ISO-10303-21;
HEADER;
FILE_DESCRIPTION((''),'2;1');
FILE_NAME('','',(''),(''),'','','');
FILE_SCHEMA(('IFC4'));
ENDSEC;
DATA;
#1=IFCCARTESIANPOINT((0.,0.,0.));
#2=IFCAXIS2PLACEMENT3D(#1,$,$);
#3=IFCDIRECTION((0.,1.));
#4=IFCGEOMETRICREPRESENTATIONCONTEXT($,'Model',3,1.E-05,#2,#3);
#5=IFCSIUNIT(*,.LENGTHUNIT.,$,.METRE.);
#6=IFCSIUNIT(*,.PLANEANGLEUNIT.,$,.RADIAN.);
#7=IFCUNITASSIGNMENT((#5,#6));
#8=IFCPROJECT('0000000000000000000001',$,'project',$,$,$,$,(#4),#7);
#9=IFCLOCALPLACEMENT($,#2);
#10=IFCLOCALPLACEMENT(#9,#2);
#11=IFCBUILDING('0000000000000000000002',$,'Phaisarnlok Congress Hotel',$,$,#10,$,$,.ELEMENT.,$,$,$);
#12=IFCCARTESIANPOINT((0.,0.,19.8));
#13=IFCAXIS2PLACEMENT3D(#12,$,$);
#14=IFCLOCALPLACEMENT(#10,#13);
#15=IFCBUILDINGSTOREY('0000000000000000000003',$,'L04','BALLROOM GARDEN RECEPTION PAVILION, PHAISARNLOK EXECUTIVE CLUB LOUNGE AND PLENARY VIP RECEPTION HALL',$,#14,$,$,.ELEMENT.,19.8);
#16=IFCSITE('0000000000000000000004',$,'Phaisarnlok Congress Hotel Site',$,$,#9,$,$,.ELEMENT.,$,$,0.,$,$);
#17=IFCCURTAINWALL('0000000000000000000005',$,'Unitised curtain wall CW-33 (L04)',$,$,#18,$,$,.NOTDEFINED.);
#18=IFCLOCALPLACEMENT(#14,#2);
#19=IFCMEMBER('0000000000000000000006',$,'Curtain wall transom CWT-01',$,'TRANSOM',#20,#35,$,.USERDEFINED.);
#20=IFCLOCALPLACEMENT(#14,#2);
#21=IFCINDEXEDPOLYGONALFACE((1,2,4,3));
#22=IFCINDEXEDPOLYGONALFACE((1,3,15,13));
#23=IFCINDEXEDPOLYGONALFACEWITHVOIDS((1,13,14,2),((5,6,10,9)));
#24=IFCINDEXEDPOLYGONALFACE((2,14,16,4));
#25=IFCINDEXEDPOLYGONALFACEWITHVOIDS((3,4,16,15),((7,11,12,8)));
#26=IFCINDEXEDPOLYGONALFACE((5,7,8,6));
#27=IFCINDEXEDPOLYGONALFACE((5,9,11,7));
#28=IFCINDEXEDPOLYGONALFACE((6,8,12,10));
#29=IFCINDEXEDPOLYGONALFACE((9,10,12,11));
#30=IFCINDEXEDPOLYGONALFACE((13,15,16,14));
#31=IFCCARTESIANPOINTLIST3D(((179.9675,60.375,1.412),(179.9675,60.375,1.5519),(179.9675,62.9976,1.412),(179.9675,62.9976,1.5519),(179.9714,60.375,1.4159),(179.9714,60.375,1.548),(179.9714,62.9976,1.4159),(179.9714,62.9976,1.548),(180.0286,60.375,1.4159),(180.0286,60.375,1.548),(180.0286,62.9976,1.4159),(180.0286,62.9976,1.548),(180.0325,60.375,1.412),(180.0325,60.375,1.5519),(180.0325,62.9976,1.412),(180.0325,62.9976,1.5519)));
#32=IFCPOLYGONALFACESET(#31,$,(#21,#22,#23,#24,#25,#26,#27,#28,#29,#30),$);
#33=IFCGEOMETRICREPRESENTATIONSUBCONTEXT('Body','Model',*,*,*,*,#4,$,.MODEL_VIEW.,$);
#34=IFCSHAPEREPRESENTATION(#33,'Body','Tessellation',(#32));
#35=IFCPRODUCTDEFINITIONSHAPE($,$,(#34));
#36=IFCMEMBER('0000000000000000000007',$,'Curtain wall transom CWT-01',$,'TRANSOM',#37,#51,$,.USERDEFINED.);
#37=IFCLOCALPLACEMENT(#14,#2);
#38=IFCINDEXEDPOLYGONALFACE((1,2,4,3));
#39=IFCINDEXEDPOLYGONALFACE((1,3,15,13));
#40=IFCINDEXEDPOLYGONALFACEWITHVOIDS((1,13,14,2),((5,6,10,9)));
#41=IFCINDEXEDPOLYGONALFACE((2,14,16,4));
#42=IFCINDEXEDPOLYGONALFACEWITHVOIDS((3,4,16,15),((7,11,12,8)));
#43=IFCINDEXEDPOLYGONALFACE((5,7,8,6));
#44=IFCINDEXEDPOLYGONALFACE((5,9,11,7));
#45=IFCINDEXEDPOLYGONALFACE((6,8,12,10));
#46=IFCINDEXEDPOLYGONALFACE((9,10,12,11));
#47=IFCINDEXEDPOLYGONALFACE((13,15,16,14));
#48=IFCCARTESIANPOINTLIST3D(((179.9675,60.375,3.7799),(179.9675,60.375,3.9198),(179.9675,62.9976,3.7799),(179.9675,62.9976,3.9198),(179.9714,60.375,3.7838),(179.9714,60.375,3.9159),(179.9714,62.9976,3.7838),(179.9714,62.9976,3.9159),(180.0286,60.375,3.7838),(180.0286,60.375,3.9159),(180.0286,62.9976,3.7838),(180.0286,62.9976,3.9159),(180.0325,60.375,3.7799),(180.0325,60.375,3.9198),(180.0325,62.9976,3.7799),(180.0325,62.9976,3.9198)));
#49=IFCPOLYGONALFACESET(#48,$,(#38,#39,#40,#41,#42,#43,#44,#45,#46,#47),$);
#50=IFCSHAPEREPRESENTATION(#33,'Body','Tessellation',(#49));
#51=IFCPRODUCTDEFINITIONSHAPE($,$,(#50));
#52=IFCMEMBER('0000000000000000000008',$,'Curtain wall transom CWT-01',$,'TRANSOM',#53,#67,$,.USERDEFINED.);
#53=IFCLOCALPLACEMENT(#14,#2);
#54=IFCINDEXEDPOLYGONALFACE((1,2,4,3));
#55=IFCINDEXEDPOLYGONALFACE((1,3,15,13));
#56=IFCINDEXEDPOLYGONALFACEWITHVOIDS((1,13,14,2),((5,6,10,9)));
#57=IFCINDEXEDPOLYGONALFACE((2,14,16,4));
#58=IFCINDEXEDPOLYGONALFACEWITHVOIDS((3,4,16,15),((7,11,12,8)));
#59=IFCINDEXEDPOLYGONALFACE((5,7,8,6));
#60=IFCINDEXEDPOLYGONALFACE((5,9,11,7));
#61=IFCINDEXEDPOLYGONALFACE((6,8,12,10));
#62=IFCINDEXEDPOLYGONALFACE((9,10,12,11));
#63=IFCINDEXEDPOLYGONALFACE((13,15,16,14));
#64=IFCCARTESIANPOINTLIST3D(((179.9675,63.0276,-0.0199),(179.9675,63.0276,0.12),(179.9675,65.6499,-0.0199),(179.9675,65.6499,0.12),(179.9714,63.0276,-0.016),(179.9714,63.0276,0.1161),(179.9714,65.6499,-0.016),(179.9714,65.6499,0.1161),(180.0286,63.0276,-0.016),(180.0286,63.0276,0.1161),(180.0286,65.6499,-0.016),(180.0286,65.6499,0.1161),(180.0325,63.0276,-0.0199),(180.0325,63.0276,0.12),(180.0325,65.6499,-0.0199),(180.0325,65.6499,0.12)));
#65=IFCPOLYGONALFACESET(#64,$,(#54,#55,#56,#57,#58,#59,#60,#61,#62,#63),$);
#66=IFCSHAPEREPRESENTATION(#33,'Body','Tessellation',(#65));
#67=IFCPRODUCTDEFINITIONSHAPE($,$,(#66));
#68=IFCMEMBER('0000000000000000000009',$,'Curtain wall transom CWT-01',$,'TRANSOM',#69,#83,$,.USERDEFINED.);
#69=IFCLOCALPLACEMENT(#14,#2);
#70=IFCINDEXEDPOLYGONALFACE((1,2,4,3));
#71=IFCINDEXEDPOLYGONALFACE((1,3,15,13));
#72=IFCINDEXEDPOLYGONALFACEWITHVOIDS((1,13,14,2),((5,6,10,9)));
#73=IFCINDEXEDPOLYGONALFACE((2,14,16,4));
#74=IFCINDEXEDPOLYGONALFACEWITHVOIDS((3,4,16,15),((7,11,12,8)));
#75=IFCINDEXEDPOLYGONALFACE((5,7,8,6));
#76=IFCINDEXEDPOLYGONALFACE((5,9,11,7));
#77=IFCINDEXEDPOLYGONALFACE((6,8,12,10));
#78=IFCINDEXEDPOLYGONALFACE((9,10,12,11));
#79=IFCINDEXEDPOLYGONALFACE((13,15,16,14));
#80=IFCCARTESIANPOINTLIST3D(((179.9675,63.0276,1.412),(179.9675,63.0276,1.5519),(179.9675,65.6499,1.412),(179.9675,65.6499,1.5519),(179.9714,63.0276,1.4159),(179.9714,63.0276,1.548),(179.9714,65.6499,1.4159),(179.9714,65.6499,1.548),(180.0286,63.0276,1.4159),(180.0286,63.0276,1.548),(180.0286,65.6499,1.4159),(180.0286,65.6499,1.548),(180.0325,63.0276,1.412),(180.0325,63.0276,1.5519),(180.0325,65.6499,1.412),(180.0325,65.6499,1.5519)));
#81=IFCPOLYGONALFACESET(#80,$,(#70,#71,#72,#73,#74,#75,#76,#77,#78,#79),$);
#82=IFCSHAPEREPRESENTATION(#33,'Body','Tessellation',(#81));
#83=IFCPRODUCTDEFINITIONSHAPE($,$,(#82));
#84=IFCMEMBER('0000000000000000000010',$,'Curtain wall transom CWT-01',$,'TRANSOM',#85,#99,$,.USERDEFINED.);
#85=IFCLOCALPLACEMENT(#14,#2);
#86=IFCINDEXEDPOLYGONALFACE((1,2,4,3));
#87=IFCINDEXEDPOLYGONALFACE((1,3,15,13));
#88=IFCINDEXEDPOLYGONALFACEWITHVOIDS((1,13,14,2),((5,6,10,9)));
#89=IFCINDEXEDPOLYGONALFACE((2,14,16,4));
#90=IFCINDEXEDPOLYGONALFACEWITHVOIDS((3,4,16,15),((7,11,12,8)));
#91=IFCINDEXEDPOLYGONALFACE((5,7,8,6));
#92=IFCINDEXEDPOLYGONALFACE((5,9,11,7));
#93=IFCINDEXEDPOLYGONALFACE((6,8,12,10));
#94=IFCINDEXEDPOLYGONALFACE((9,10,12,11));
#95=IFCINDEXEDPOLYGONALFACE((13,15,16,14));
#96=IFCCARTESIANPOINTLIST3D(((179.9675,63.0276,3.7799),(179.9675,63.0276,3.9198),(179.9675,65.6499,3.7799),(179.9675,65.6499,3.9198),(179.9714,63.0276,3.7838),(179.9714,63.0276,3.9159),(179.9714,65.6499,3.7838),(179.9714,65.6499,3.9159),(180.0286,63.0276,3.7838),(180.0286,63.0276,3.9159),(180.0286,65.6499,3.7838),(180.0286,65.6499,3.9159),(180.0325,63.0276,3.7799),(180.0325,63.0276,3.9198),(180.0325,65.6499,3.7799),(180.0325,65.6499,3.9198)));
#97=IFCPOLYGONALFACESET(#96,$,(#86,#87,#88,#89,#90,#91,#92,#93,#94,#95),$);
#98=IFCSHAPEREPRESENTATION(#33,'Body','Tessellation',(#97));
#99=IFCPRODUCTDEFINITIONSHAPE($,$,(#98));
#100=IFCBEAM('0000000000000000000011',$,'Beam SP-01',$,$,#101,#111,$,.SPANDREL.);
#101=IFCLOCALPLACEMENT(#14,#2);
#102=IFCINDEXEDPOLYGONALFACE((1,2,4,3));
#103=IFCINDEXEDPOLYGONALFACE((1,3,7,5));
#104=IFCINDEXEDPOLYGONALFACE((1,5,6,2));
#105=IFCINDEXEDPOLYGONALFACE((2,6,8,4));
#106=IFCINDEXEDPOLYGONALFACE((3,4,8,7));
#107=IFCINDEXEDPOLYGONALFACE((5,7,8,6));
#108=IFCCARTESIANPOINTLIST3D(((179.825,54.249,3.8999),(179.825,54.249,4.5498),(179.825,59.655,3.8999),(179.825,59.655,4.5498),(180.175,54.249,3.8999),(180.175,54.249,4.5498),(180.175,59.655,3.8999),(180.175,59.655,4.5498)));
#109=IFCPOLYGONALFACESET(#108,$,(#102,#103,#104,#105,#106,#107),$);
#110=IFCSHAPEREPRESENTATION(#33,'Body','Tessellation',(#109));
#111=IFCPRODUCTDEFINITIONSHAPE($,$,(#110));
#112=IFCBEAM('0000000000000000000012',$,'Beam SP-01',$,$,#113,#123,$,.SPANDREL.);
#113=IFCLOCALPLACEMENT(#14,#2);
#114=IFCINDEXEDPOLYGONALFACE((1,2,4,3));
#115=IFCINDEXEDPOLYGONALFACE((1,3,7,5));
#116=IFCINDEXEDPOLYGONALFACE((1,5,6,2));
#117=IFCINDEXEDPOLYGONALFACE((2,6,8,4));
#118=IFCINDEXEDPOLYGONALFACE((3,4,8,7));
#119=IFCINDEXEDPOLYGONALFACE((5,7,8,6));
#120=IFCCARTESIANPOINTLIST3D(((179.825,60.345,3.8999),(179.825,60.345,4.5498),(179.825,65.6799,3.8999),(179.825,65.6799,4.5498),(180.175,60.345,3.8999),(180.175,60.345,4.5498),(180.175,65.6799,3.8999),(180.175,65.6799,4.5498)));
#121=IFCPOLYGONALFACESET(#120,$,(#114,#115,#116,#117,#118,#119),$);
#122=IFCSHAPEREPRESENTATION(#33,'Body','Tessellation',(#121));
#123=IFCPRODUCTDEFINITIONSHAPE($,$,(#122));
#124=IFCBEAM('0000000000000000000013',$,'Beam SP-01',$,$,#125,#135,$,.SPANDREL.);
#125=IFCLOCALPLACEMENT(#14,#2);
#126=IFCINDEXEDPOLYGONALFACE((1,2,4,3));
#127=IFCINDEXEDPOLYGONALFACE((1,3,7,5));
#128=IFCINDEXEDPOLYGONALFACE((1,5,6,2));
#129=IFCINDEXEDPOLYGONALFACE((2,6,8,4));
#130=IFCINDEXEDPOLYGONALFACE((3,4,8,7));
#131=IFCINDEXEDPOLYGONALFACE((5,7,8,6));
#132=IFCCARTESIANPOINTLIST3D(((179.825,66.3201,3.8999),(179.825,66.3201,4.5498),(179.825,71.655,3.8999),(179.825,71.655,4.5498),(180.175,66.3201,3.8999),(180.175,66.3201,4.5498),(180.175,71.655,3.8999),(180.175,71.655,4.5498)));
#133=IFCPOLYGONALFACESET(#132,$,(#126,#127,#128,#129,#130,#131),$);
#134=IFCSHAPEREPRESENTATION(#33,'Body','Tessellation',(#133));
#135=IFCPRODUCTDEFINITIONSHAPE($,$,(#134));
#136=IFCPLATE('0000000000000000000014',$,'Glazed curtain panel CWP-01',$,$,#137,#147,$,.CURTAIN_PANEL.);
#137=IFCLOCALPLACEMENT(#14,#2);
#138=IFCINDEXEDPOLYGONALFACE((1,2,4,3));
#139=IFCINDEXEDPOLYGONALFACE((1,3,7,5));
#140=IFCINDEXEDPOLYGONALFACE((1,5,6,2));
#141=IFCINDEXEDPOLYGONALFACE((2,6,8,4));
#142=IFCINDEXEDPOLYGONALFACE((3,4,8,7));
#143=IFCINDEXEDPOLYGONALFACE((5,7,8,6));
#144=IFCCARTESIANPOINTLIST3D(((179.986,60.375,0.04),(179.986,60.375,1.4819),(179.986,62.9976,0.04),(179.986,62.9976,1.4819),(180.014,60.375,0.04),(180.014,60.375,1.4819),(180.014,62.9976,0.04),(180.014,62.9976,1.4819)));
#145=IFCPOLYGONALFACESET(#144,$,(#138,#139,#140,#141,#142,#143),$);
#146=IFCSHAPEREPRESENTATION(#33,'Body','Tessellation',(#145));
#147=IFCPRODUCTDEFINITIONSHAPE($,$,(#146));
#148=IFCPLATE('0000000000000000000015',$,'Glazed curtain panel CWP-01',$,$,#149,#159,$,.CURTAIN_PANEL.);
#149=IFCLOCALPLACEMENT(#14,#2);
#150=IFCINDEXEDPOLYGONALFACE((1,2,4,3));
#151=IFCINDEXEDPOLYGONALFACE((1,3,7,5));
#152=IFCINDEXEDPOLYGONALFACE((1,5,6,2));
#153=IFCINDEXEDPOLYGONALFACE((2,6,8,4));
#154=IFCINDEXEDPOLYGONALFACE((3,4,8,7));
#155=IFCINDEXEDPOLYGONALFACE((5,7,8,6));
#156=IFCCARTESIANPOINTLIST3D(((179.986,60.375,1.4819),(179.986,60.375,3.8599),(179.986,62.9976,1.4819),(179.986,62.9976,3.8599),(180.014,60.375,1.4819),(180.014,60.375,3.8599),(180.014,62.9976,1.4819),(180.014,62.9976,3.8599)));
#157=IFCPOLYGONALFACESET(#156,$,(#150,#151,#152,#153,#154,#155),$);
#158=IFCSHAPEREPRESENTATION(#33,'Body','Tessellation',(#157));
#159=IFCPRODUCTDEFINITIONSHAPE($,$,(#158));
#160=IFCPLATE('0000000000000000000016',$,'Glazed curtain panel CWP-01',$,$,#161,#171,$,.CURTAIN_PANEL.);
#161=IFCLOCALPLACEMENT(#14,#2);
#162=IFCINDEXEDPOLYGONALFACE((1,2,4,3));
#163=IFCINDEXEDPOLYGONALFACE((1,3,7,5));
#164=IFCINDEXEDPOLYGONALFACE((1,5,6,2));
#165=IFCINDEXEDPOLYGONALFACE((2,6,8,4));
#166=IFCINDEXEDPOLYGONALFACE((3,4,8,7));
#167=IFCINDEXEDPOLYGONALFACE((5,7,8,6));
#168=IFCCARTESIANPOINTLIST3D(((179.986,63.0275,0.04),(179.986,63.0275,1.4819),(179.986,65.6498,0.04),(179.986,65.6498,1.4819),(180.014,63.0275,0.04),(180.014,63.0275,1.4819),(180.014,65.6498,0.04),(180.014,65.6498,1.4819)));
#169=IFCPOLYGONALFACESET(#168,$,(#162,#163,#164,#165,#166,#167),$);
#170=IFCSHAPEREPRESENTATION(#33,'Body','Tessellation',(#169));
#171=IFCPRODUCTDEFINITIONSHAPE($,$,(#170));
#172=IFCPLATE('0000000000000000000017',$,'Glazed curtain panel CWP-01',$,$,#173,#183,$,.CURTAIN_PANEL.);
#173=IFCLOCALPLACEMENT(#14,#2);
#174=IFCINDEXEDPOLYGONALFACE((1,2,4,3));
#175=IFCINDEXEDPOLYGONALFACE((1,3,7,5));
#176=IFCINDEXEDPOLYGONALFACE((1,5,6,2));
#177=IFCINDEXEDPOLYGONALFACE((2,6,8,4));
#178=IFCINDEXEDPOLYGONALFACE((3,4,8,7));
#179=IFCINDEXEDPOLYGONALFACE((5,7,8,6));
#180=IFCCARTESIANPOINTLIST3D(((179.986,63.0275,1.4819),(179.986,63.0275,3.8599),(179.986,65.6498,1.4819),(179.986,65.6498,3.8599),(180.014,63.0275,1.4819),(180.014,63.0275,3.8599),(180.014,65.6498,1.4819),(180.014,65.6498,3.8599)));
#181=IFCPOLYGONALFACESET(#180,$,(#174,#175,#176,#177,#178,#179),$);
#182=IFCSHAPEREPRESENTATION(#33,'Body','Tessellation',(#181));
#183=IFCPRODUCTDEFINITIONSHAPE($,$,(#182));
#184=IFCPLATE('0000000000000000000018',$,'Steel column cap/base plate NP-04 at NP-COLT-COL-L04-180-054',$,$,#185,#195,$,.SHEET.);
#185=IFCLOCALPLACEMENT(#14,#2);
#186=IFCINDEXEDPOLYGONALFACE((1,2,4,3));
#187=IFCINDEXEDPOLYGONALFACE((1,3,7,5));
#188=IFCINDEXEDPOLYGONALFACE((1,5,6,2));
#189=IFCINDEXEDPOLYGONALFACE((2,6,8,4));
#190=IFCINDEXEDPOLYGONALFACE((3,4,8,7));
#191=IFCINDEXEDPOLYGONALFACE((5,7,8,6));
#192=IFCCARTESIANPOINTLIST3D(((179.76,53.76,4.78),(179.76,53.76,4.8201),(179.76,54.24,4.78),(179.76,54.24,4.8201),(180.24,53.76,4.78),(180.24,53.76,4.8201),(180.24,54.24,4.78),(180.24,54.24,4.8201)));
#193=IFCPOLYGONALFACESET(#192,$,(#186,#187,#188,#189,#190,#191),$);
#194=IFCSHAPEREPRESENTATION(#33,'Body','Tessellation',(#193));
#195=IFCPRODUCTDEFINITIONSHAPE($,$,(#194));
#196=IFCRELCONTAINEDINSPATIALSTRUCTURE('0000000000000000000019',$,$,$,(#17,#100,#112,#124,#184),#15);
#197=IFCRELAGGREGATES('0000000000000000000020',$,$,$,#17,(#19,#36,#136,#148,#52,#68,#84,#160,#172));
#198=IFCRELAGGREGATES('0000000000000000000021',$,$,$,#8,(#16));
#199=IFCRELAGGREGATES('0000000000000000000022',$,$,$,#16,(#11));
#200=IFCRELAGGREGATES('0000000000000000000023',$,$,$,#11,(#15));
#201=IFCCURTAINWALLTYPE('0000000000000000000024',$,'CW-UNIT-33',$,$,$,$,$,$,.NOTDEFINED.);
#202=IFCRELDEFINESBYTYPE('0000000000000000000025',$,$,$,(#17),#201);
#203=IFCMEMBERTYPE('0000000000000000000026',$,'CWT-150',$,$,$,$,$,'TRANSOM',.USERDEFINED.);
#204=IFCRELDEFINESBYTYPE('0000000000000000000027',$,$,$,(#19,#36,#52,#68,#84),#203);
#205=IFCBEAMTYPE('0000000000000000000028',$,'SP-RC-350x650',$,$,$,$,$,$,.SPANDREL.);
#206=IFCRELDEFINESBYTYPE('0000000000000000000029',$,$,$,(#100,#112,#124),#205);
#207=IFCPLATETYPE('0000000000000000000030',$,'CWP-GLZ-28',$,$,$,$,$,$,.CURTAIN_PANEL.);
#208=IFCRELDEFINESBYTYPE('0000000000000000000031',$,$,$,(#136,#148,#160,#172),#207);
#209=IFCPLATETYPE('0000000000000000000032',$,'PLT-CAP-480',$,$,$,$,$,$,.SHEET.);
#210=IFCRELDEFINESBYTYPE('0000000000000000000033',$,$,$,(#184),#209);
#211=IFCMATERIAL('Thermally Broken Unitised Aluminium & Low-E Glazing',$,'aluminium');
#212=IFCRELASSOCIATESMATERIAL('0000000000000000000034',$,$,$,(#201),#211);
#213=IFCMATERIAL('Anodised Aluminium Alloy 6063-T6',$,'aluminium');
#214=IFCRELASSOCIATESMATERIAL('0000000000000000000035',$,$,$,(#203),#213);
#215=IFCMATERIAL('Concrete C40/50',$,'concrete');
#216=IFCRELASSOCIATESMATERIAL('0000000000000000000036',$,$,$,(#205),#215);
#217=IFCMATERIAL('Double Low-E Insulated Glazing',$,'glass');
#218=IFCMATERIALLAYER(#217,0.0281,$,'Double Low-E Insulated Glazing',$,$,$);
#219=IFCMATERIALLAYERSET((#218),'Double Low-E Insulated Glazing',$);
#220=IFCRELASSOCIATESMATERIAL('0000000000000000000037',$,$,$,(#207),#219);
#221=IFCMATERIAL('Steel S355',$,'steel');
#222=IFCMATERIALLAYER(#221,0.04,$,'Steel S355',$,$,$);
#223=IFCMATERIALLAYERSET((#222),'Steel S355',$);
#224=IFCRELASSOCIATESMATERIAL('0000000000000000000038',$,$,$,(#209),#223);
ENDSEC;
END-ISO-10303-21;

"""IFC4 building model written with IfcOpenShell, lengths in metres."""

from ifc_helpers import new_model, si_unit, direction, frame, frame_2d, origin, origin_2d, place, context, subcontext, project, spatial, rectangle, hollow_rectangle, extrude, material, layer, layer_set, material_profile, profile_set, type_object, element, aggregate, save


model = new_model("IFC4")

# Units and contexts
model_context = context("Model", 3, precision=1e-05, world=origin(), true_north=direction((0.0, 1.0)))
body_context = subcontext(model_context, "Body", "Model", "MODEL_VIEW")
ifc_project = project(units=[si_unit("LENGTHUNIT", "METRE"), si_unit("PLANEANGLEUNIT", "RADIAN")], contexts=[model_context])

# Site, building, storey
site_placement = place(None, origin())
site = spatial("IfcSite", under=ifc_project, at=site_placement, Name="Phaisarnlok Congress Hotel Site", CompositionType="ELEMENT", RefElevation=0.0)
building_placement = place(site_placement, origin())
building = spatial("IfcBuilding", under=site, at=building_placement, Name="Phaisarnlok Congress Hotel", CompositionType="ELEMENT")
storey_placement = place(building_placement, frame((0.0, 0.0, 19.8)))
storey = spatial("IfcBuildingStorey", under=building, at=storey_placement, Name="L04", Description="BALLROOM GARDEN RECEPTION PAVILION, PHAISARNLOK EXECUTIVE CLUB LOUNGE AND PLENARY VIP RECEPTION HALL", CompositionType="ELEMENT", Elevation=19.8)

# Shared definitions
ifc_material_1 = material(Name="Steel S355", Category="steel")

# Shared definitions
ifc_material_2 = material(Name="Concrete C40/50", Category="concrete")

# Curtain wall, members
ifc_material_3 = material(Name="Thermally Broken Unitised Aluminium & Low-E Glazing", Category="aluminium")
curtain_wall_type = type_object("IfcCurtainWallType", Name="CW-UNIT-33", PredefinedType="NOTDEFINED", material=ifc_material_3)
curtain_wall_placement = place(storey_placement, origin())
curtain_wall = element("IfcCurtainWall", 1, at=curtain_wall_placement, inside=storey, type_object=curtain_wall_type, Name="Unitised curtain wall CW-33 (L04)", PredefinedType="NOTDEFINED")
ifc_material_4 = material(Name="Anodised Aluminium Alloy 6063-T6", Category="aluminium")
ifc_material_profile_1 = material_profile(ifc_material_4, hollow_rectangle(XDim=0.0649, YDim=0.1399, WallThickness=0.0039, at=origin_2d()), Name="ALU-T 65x140x4")
ifc_profile_set_1 = profile_set([ifc_material_profile_1], Name="Anodised Aluminium Alloy 6063-T6")
member_type_1 = type_object("IfcMemberType", Name="CWT-150", ElementType="TRANSOM", PredefinedType="USERDEFINED", material=ifc_profile_set_1)
member_1_placement = place(storey_placement, frame((180.0, 60.375, 1.4819), z_axis=(0.0, 1.0, 0.0), x_axis=(-1.0, 0.0, 0.0)))
member_1 = element("IfcMember", 2, at=member_1_placement, type_object=member_type_1, Name="Curtain wall transom CWT-01", ObjectType="TRANSOM", PredefinedType="USERDEFINED", context=body_context, shape_type="SweptSolid", body=[
    extrude(hollow_rectangle(XDim=0.0649, YDim=0.1399, WallThickness=0.0039, at=origin_2d()), origin(), (0.0, 0.0, 1.0), 2.6226),
])
member_2_placement = place(storey_placement, frame((180.0, 60.375, 3.8499), z_axis=(0.0, 1.0, 0.0), x_axis=(-1.0, 0.0, 0.0)))
member_2 = element("IfcMember", 3, at=member_2_placement, type_object=member_type_1, Name="Curtain wall transom CWT-01", ObjectType="TRANSOM", PredefinedType="USERDEFINED", context=body_context, shape_type="SweptSolid", body=[
    extrude(hollow_rectangle(XDim=0.0649, YDim=0.1399, WallThickness=0.0039, at=origin_2d()), origin(), (0.0, 0.0, 1.0), 2.6226),
])
member_3_placement = place(storey_placement, frame((180.0, 63.0276, 0.05), z_axis=(0.0, 1.0, 0.0), x_axis=(-1.0, 0.0, 0.0)))
member_3 = element("IfcMember", 4, at=member_3_placement, type_object=member_type_1, Name="Curtain wall transom CWT-01", ObjectType="TRANSOM", PredefinedType="USERDEFINED", context=body_context, shape_type="SweptSolid", body=[
    extrude(hollow_rectangle(XDim=0.0649, YDim=0.1399, WallThickness=0.0039, at=origin_2d()), origin(), (0.0, 0.0, 1.0), 2.6223),
])
member_4_placement = place(storey_placement, frame((180.0, 63.0276, 1.4819), z_axis=(0.0, 1.0, 0.0), x_axis=(-1.0, 0.0, 0.0)))
member_4 = element("IfcMember", 5, at=member_4_placement, type_object=member_type_1, Name="Curtain wall transom CWT-01", ObjectType="TRANSOM", PredefinedType="USERDEFINED", context=body_context, shape_type="SweptSolid", body=[
    extrude(hollow_rectangle(XDim=0.0649, YDim=0.1399, WallThickness=0.0039, at=origin_2d()), origin(), (0.0, 0.0, 1.0), 2.6223),
])
member_5_placement = place(storey_placement, frame((180.0, 63.0276, 3.8499), z_axis=(0.0, 1.0, 0.0), x_axis=(-1.0, 0.0, 0.0)))
member_5 = element("IfcMember", 6, at=member_5_placement, type_object=member_type_1, Name="Curtain wall transom CWT-01", ObjectType="TRANSOM", PredefinedType="USERDEFINED", context=body_context, shape_type="SweptSolid", body=[
    extrude(hollow_rectangle(XDim=0.0649, YDim=0.1399, WallThickness=0.0039, at=origin_2d()), origin(), (0.0, 0.0, 1.0), 2.6223),
])

# Beams
ifc_material_profile_2 = material_profile(ifc_material_2, rectangle(XDim=0.3501, YDim=0.6499, at=origin_2d()), Name="RC 350x650")
ifc_profile_set_2 = profile_set([ifc_material_profile_2], Name="Concrete C40/50")
beam_type_1 = type_object("IfcBeamType", Name="SP-RC-350x650", PredefinedType="SPANDREL", material=ifc_profile_set_2)
beam_1_placement = place(storey_placement, frame((180.0, 54.249, 4.2249), z_axis=(0.0, 1.0, 0.0), x_axis=(-1.0, 0.0, 0.0)))
element("IfcBeam", 7, at=beam_1_placement, inside=storey, type_object=beam_type_1, Name="Beam SP-01", PredefinedType="SPANDREL", context=body_context, shape_type="SweptSolid", body=[
    extrude(rectangle(XDim=0.3501, YDim=0.6499, at=origin_2d()), origin(), (0.0, 0.0, 1.0), 5.406),
])
for number, where, z_axis, x_axis, name in (
    (8, (180.0, 60.345, 4.2249), (0.0, 1.0, 0.0), (-1.0, 0.0, 0.0), "Beam SP-01"),
    (9, (180.0, 66.3201, 4.2249), (0.0, 1.0, 0.0), (-1.0, 0.0, 0.0), "Beam SP-01"),
):
    element("IfcBeam", number, at=place(storey_placement, frame(where, z_axis=z_axis, x_axis=x_axis)), inside=storey, type_object=beam_type_1, Name=name, PredefinedType="SPANDREL", context=body_context, shape_type="SweptSolid", body=[
        extrude(rectangle(XDim=0.3501, YDim=0.6499, at=origin_2d()), origin(), (0.0, 0.0, 1.0), 5.335),
    ])

# Plates
ifc_material_5 = material(Name="Double Low-E Insulated Glazing", Category="glass")
ifc_layer_1 = layer(ifc_material_5, 0.0281, Name="Double Low-E Insulated Glazing")
ifc_layer_set_1 = layer_set([ifc_layer_1], Name="Double Low-E Insulated Glazing")
plate_type_1 = type_object("IfcPlateType", Name="CWP-GLZ-28", PredefinedType="CURTAIN_PANEL", material=ifc_layer_set_1)
plate_1_placement = place(storey_placement, frame((180.0, 60.375, 0.04), z_axis=(0.0, 0.0, 1.0), x_axis=(0.0, 1.0, 0.0)))
plate_1 = element("IfcPlate", 10, at=plate_1_placement, type_object=plate_type_1, Name="Glazed curtain panel CWP-01", PredefinedType="CURTAIN_PANEL", context=body_context, shape_type="SweptSolid", body=[
    extrude(rectangle(XDim=2.6226, YDim=0.0281, at=frame_2d((1.3113, 0.0))), origin(), (0.0, 0.0, 1.0), 1.4419),
])
plate_2_placement = place(storey_placement, frame((180.0, 60.375, 1.4819), z_axis=(0.0, 0.0, 1.0), x_axis=(0.0, 1.0, 0.0)))
plate_2 = element("IfcPlate", 11, at=plate_2_placement, type_object=plate_type_1, Name="Glazed curtain panel CWP-01", PredefinedType="CURTAIN_PANEL", context=body_context, shape_type="SweptSolid", body=[
    extrude(rectangle(XDim=2.6226, YDim=0.0281, at=frame_2d((1.3113, 0.0))), origin(), (0.0, 0.0, 1.0), 2.3779),
])
plate_3_placement = place(storey_placement, frame((180.0, 63.0276, 0.04), z_axis=(0.0, 0.0, 1.0), x_axis=(0.0, 1.0, 0.0)))
plate_3 = element("IfcPlate", 12, at=plate_3_placement, type_object=plate_type_1, Name="Glazed curtain panel CWP-01", PredefinedType="CURTAIN_PANEL", context=body_context, shape_type="SweptSolid", body=[
    extrude(rectangle(XDim=2.6223, YDim=0.0281, at=frame_2d((1.311, 0.0))), origin(), (0.0, 0.0, 1.0), 1.4419),
])
plate_4_placement = place(storey_placement, frame((180.0, 63.0276, 1.4819), z_axis=(0.0, 0.0, 1.0), x_axis=(0.0, 1.0, 0.0)))
plate_4 = element("IfcPlate", 13, at=plate_4_placement, type_object=plate_type_1, Name="Glazed curtain panel CWP-01", PredefinedType="CURTAIN_PANEL", context=body_context, shape_type="SweptSolid", body=[
    extrude(rectangle(XDim=2.6223, YDim=0.0281, at=frame_2d((1.311, 0.0))), origin(), (0.0, 0.0, 1.0), 2.3779),
])
aggregate(curtain_wall, [member_1, member_2, plate_1, plate_2, member_3, member_4, member_5, plate_3, plate_4])
ifc_layer_2 = layer(ifc_material_1, 0.04, Name="Steel S355")
ifc_layer_set_2 = layer_set([ifc_layer_2], Name="Steel S355")
plate_type_2 = type_object("IfcPlateType", Name="PLT-CAP-480", PredefinedType="SHEET", material=ifc_layer_set_2)
plate_5_placement = place(storey_placement, frame((180.0, 54.0, 4.78), z_axis=(0.0, 0.0, 1.0), x_axis=(1.0, 0.0, 0.0)))
element("IfcPlate", 14, at=plate_5_placement, inside=storey, type_object=plate_type_2, Name="Steel column cap/base plate NP-04 at NP-COLT-COL-L04-180-054", PredefinedType="SHEET", context=body_context, shape_type="SweptSolid", body=[
    extrude(rectangle(XDim=0.48, YDim=0.48, at=origin_2d()), origin(), (0.0, 0.0, 1.0), 0.04),
])

save(model, "model.ifc")
